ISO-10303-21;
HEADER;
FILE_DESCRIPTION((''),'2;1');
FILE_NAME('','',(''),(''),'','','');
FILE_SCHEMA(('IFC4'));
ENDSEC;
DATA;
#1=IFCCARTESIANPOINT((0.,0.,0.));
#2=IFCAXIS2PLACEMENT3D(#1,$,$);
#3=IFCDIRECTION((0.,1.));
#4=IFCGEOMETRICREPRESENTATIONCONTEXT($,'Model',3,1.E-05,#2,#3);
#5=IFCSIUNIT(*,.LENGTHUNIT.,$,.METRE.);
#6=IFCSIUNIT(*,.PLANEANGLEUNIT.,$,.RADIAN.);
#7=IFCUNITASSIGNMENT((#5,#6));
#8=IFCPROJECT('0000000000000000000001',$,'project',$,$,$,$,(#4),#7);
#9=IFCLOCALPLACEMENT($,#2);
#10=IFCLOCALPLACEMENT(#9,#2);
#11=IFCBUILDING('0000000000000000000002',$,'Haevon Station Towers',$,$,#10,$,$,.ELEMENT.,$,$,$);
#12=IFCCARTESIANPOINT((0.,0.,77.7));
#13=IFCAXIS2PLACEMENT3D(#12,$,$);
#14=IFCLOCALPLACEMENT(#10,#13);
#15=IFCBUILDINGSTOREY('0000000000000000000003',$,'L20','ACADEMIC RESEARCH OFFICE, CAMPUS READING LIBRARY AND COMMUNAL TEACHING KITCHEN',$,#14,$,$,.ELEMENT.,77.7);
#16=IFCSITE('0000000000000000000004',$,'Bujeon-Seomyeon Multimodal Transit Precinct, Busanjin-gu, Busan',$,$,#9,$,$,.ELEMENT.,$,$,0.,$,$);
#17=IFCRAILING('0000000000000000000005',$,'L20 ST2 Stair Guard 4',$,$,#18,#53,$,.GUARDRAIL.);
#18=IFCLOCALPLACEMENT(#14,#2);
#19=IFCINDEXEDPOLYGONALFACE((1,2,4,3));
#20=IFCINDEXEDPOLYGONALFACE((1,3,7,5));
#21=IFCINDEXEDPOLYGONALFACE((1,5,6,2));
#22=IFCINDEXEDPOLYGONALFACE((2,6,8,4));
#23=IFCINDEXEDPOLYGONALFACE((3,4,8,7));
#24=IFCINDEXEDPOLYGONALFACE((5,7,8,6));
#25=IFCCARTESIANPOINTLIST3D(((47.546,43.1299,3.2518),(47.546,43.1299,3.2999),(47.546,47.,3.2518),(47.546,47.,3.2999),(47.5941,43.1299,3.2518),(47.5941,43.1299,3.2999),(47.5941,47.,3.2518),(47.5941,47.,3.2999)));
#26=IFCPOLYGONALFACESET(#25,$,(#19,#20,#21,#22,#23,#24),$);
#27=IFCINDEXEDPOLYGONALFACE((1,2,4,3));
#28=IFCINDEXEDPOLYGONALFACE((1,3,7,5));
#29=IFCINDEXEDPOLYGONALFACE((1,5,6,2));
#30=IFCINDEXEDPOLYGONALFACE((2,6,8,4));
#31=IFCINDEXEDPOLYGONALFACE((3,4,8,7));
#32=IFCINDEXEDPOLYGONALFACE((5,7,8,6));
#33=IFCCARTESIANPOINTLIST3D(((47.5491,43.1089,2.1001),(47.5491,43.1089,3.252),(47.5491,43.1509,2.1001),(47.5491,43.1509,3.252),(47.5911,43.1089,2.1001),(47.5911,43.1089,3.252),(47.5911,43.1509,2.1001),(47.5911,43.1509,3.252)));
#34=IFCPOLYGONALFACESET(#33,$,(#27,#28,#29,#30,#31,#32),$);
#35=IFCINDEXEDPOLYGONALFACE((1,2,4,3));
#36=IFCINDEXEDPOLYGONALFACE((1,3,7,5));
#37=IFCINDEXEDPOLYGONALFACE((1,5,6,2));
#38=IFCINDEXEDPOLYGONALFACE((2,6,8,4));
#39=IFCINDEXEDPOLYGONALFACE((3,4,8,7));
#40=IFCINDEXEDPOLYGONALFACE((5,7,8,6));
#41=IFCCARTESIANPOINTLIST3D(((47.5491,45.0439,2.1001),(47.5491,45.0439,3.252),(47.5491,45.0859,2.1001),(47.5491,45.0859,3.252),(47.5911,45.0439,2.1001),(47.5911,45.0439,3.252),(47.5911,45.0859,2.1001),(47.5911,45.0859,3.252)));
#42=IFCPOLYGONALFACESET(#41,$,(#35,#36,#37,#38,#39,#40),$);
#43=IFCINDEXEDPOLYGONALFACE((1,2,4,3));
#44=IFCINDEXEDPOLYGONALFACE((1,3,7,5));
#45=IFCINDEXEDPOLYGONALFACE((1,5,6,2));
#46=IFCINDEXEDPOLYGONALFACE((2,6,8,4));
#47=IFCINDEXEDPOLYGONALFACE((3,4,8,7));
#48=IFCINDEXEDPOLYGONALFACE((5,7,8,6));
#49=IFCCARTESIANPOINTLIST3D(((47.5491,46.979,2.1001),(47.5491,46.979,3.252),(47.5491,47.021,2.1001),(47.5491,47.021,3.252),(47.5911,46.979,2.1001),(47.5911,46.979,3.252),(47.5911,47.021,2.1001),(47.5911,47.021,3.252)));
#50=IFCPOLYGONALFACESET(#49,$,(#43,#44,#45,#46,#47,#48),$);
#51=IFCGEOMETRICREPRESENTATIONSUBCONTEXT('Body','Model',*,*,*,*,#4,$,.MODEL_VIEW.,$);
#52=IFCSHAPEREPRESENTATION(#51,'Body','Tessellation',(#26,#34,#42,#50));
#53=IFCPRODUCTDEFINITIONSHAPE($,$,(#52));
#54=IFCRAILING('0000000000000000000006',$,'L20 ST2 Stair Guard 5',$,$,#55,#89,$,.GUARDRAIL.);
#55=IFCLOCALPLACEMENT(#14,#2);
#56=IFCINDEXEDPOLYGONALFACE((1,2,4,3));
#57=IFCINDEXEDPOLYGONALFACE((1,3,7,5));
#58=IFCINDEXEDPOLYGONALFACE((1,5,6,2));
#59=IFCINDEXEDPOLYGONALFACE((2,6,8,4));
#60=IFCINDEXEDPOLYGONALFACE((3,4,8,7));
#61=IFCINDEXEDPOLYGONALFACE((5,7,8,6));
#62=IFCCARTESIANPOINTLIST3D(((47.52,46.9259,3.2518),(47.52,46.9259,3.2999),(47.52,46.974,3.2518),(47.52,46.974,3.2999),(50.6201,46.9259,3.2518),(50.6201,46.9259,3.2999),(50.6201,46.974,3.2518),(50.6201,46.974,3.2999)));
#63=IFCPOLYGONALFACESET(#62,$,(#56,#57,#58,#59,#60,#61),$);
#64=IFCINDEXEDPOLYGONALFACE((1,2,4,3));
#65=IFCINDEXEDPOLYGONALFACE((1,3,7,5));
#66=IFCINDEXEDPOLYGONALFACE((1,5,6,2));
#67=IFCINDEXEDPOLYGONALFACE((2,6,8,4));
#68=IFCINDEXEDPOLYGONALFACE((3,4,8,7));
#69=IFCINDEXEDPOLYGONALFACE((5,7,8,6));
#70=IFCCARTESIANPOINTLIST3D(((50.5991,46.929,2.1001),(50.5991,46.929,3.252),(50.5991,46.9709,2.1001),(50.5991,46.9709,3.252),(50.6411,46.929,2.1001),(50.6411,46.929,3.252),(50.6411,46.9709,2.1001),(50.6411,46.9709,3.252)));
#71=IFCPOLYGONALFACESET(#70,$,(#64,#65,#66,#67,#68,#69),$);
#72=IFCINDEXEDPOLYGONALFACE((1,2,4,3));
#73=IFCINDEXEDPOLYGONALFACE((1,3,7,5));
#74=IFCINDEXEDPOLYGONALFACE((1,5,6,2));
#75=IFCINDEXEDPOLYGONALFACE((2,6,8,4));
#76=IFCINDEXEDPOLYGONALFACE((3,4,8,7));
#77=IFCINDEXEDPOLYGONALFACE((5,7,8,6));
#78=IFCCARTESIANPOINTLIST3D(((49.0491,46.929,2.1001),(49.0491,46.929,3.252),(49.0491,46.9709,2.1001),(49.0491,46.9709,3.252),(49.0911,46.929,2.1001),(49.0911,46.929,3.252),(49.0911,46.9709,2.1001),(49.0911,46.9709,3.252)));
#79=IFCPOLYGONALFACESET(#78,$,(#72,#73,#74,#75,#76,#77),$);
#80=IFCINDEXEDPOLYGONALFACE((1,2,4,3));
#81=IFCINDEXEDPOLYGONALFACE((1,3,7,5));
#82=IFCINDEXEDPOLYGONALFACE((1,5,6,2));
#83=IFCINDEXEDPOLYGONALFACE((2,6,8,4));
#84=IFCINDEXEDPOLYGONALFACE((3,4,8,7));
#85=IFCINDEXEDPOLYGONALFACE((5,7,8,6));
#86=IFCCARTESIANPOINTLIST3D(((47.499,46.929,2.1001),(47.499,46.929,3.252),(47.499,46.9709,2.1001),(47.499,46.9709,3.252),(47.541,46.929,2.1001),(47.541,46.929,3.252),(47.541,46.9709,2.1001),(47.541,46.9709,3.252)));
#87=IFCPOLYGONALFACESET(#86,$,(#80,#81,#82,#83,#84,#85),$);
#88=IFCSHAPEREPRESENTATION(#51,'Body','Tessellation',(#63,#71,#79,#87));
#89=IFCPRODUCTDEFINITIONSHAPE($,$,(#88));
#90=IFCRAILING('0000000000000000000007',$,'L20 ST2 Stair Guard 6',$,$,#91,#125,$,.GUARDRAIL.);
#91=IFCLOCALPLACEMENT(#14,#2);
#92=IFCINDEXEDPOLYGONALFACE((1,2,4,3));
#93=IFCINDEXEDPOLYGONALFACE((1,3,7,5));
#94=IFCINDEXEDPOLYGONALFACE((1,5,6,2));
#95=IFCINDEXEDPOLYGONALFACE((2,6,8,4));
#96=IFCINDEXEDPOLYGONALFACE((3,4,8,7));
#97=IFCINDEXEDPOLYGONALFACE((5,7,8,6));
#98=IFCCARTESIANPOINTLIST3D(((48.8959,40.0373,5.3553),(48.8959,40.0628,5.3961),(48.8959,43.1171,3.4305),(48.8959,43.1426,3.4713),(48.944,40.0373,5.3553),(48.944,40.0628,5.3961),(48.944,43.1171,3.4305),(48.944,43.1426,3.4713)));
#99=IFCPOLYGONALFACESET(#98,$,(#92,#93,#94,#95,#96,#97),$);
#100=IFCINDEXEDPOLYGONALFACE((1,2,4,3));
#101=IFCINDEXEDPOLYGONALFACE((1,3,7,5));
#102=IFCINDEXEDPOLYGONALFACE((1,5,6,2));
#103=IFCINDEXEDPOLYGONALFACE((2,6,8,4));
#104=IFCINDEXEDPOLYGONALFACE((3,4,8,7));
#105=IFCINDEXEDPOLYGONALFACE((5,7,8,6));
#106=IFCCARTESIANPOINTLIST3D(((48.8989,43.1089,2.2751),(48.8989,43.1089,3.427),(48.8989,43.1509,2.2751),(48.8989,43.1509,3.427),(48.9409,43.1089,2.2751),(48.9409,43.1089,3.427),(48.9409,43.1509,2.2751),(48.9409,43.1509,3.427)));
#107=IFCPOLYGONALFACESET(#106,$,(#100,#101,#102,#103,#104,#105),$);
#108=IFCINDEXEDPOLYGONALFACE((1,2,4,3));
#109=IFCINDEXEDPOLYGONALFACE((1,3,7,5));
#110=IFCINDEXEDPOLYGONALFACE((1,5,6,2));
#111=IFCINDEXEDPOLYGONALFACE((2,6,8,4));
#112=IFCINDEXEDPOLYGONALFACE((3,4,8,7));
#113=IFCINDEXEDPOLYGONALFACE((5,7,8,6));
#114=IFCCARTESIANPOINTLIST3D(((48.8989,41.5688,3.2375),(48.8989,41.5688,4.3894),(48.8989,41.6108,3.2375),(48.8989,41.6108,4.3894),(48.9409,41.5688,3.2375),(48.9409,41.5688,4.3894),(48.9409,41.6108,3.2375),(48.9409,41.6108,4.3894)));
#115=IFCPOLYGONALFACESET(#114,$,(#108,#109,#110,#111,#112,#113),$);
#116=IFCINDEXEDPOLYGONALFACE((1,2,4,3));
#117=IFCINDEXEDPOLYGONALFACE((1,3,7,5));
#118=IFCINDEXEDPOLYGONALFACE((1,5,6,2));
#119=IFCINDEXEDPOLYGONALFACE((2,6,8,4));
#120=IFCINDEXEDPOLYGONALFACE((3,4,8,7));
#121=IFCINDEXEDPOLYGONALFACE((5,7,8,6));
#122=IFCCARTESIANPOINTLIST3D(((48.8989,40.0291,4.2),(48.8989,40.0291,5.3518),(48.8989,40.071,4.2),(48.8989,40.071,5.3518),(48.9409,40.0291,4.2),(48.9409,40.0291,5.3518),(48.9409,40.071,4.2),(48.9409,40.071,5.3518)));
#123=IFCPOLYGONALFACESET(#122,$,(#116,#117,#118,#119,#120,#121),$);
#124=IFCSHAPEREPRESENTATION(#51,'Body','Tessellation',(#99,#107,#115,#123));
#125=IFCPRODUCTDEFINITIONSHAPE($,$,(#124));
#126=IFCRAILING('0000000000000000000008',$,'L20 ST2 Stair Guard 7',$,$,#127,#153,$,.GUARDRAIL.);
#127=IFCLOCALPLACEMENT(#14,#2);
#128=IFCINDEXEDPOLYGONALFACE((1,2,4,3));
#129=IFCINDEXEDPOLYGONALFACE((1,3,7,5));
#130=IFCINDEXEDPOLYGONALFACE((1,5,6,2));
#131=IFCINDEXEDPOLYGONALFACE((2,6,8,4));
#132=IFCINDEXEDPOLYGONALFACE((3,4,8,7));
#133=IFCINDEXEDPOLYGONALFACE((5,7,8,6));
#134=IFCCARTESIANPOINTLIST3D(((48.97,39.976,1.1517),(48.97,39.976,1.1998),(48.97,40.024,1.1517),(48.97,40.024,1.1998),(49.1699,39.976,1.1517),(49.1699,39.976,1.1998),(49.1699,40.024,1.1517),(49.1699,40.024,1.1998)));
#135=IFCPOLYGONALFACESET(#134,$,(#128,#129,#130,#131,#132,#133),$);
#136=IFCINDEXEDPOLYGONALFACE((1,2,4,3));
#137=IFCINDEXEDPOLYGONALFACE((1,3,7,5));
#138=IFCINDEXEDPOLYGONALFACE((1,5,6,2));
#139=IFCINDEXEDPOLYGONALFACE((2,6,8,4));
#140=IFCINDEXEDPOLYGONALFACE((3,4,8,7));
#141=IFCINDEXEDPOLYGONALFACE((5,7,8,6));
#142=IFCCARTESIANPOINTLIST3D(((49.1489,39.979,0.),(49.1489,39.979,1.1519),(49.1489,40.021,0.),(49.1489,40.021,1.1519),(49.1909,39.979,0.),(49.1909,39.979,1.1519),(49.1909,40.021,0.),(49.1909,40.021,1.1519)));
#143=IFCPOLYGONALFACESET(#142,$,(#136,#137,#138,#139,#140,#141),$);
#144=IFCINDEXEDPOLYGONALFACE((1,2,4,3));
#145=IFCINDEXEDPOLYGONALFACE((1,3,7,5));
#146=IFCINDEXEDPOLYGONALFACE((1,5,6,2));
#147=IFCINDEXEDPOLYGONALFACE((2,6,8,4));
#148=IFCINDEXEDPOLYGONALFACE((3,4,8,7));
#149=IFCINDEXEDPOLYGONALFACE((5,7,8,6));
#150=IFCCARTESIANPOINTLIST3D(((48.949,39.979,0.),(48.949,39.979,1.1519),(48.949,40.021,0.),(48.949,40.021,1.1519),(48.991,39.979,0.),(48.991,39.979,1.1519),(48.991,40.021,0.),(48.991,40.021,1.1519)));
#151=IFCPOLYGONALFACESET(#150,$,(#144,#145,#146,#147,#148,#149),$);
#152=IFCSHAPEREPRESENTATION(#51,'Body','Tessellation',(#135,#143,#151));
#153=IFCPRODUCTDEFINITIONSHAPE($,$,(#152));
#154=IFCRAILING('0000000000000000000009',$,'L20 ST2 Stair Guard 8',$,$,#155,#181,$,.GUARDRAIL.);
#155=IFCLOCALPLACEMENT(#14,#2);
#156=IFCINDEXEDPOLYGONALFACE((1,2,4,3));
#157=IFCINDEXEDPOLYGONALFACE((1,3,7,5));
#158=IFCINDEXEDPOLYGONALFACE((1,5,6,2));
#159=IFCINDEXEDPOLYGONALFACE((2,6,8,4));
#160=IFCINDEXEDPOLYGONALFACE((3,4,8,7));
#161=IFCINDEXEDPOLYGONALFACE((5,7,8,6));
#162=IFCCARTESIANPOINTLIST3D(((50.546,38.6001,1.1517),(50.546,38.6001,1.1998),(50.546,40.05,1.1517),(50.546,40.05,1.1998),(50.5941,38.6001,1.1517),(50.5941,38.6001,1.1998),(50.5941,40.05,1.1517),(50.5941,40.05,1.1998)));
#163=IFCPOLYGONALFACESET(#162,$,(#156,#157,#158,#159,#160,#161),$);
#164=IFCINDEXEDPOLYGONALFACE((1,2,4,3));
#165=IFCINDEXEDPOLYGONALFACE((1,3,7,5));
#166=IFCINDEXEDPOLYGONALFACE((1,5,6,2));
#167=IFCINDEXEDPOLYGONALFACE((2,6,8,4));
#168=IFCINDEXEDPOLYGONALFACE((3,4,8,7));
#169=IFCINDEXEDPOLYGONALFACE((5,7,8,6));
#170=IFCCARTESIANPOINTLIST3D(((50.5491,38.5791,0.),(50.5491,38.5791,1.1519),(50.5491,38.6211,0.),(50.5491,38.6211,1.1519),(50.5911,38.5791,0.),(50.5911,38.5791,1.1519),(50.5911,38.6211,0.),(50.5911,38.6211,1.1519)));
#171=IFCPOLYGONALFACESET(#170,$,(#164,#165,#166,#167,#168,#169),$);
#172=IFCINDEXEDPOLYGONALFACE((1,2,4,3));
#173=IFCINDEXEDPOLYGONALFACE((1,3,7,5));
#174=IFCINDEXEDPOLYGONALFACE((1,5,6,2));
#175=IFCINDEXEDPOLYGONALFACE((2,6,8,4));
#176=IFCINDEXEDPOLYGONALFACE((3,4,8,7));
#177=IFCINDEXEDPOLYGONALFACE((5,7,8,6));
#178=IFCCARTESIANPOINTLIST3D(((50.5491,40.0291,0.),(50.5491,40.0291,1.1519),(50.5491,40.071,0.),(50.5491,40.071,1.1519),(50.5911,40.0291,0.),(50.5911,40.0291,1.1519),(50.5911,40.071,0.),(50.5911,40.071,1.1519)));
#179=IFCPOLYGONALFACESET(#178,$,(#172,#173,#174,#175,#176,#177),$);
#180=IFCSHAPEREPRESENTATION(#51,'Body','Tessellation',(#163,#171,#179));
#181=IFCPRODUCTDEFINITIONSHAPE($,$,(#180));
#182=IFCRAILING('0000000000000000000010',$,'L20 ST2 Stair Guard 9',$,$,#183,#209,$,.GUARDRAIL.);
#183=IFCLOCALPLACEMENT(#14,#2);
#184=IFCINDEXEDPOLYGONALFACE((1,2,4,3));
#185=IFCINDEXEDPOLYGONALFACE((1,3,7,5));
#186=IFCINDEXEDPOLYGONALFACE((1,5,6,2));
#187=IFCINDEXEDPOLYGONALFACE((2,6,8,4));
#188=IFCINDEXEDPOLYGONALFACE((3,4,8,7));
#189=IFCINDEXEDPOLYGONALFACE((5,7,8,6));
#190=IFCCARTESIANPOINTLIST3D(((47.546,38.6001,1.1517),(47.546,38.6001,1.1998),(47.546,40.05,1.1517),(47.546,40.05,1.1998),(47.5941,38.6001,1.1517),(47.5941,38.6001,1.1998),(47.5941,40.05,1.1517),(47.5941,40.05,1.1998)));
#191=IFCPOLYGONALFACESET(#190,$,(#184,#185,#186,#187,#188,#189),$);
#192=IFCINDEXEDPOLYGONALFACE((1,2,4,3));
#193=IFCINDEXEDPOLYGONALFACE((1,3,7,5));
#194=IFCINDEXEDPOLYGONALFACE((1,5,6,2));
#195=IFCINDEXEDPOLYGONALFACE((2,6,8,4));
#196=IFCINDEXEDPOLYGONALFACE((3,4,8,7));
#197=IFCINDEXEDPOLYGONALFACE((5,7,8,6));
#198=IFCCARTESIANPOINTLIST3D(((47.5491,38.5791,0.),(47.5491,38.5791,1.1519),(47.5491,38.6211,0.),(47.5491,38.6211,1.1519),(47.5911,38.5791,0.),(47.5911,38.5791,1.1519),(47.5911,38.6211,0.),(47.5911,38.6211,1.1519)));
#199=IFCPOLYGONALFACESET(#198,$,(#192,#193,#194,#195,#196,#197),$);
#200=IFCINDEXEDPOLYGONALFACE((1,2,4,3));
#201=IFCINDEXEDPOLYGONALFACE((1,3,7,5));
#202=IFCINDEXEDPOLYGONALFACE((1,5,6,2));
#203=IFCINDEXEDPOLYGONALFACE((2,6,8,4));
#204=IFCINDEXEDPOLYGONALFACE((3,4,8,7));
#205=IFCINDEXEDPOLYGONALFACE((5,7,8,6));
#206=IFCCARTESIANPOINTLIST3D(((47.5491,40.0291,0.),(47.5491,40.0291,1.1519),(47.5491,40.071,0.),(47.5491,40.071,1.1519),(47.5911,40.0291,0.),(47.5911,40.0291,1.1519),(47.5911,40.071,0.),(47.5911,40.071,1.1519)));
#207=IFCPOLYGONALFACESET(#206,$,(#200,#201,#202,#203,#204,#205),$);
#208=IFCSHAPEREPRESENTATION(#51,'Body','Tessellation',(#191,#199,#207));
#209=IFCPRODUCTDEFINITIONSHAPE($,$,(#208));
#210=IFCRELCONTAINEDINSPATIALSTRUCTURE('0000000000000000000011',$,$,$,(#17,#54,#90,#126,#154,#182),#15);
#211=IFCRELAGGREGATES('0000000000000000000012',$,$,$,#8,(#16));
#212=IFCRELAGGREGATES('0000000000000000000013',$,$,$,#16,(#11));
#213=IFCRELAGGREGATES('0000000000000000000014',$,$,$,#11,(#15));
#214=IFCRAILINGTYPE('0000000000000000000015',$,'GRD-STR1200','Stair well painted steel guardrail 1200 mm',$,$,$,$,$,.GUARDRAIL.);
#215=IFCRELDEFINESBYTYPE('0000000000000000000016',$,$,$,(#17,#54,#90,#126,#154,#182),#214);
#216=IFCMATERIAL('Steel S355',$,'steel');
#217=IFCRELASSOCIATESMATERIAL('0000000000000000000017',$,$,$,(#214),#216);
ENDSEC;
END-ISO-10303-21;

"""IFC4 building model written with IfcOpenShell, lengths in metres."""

from ifc_helpers import new_model, si_unit, direction, frame, origin, origin_2d, place, context, subcontext, project, spatial, rectangle, extrude, material, type_object, element, save


model = new_model("IFC4")

# Units and contexts
model_context = context("Model", 3, precision=1e-05, world=origin(), true_north=direction((0.0, 1.0)))
body_context = subcontext(model_context, "Body", "Model", "MODEL_VIEW")
ifc_project = project(units=[si_unit("LENGTHUNIT", "METRE"), si_unit("PLANEANGLEUNIT", "RADIAN")], contexts=[model_context])

# Site, building, storey
site_placement = place(None, origin())
site = spatial("IfcSite", under=ifc_project, at=site_placement, Name="Bujeon-Seomyeon Multimodal Transit Precinct, Busanjin-gu, Busan", CompositionType="ELEMENT", RefElevation=0.0)
building_placement = place(site_placement, origin())
building = spatial("IfcBuilding", under=site, at=building_placement, Name="Haevon Station Towers", CompositionType="ELEMENT")
storey_placement = place(building_placement, frame((0.0, 0.0, 77.7)))
storey = spatial("IfcBuildingStorey", under=building, at=storey_placement, Name="L20", Description="ACADEMIC RESEARCH OFFICE, CAMPUS READING LIBRARY AND COMMUNAL TEACHING KITCHEN", CompositionType="ELEMENT", Elevation=77.7)

# Shared definitions
ifc_material_1 = material(Name="Steel S355", Category="steel")

# Railings
railing_type_1 = type_object("IfcRailingType", Name="GRD-STR1200", Description="Stair well painted steel guardrail 1200 mm", PredefinedType="GUARDRAIL", material=ifc_material_1)
for number, where, name in (
    (1, (47.5701, 43.1299, 2.1001), "L20 ST2 Stair Guard 4"),
):
    element("IfcRailing", number, at=place(storey_placement, frame(where)), inside=storey, type_object=railing_type_1, Name=name, PredefinedType="GUARDRAIL", context=body_context, shape_type="SweptSolid", body=[
        extrude(rectangle(XDim=0.0481, YDim=0.0481, at=origin_2d()), frame((0.0, 0.0, 1.1758), z_axis=(0.0, 1.0, 0.0), x_axis=(-1.0, 0.0, 0.0)), (0.0, 0.0, 1.0), 3.8701),
        extrude(rectangle(XDim=0.042, YDim=0.042, at=origin_2d()), origin(), (0.0, 0.0, 1.0), 1.1519),
        extrude(rectangle(XDim=0.042, YDim=0.042, at=origin_2d()), frame((0.0, 1.9351, 0.0)), (0.0, 0.0, 1.0), 1.1519),
        extrude(rectangle(XDim=0.042, YDim=0.042, at=origin_2d()), frame((0.0, 3.8701, 0.0)), (0.0, 0.0, 1.0), 1.1519),
    ])
railing_1_placement = place(storey_placement, frame((50.6201, 46.95, 2.1001)))
element("IfcRailing", 2, at=railing_1_placement, inside=storey, type_object=railing_type_1, Name="L20 ST2 Stair Guard 5", PredefinedType="GUARDRAIL", context=body_context, shape_type="SweptSolid", body=[
    extrude(rectangle(XDim=0.0481, YDim=0.0481, at=origin_2d()), frame((0.0, 0.0, 1.1758), z_axis=(-1.0, 0.0, 0.0), x_axis=(0.0, -1.0, 0.0)), (0.0, 0.0, 1.0), 3.1001),
    extrude(rectangle(XDim=0.042, YDim=0.042, at=origin_2d()), origin(), (0.0, 0.0, 1.0), 1.1519),
    extrude(rectangle(XDim=0.042, YDim=0.042, at=origin_2d()), frame((-1.55, 0.0, 0.0)), (0.0, 0.0, 1.0), 1.1519),
    extrude(rectangle(XDim=0.042, YDim=0.042, at=origin_2d()), frame((-3.1001, 0.0, 0.0)), (0.0, 0.0, 1.0), 1.1519),
])
railing_2_placement = place(storey_placement, frame((48.9199, 43.1299, 2.2751)))
element("IfcRailing", 3, at=railing_2_placement, inside=storey, type_object=railing_type_1, Name="L20 ST2 Stair Guard 6", PredefinedType="GUARDRAIL", context=body_context, shape_type="SweptSolid", body=[
    extrude(rectangle(XDim=0.0481, YDim=0.0481, at=origin_2d()), frame((0.0, 0.0, 1.1758), z_axis=(0.0, -0.84801, 0.529981), x_axis=(1.0, 0.0, 0.0)), (0.0, 0.0, 1.0), 3.6318),
    extrude(rectangle(XDim=0.042, YDim=0.042, at=origin_2d()), origin(), (0.0, 0.0, 1.0), 1.1519),
    extrude(rectangle(XDim=0.042, YDim=0.042, at=origin_2d()), frame((0.0, -1.54, 0.9624)), (0.0, 0.0, 1.0), 1.1519),
    extrude(rectangle(XDim=0.042, YDim=0.042, at=origin_2d()), frame((0.0, -3.0798, 1.9248)), (0.0, 0.0, 1.0), 1.1519),
])
railing_3_placement = place(storey_placement, frame((49.1699, 40.0, 0.0)))
element("IfcRailing", 4, at=railing_3_placement, inside=storey, type_object=railing_type_1, Name="L20 ST2 Stair Guard 7", PredefinedType="GUARDRAIL", context=body_context, shape_type="SweptSolid", body=[
    extrude(rectangle(XDim=0.0481, YDim=0.0481, at=origin_2d()), frame((0.0, 0.0, 1.1758), z_axis=(-1.0, 0.0, 0.0), x_axis=(0.0, -1.0, 0.0)), (0.0, 0.0, 1.0), 0.2),
    extrude(rectangle(XDim=0.042, YDim=0.042, at=origin_2d()), origin(), (0.0, 0.0, 1.0), 1.1519),
    extrude(rectangle(XDim=0.042, YDim=0.042, at=origin_2d()), frame((-0.2, 0.0, 0.0)), (0.0, 0.0, 1.0), 1.1519),
])
for number, where, name in (
    (5, (50.5701, 38.6001, 0.0), "L20 ST2 Stair Guard 8"),
    (6, (47.5701, 38.6001, 0.0), "L20 ST2 Stair Guard 9"),
):
    element("IfcRailing", number, at=place(storey_placement, frame(where)), inside=storey, type_object=railing_type_1, Name=name, PredefinedType="GUARDRAIL", context=body_context, shape_type="SweptSolid", body=[
        extrude(rectangle(XDim=0.0481, YDim=0.0481, at=origin_2d()), frame((0.0, 0.0, 1.1758), z_axis=(0.0, 1.0, 0.0), x_axis=(-1.0, 0.0, 0.0)), (0.0, 0.0, 1.0), 1.45),
        extrude(rectangle(XDim=0.042, YDim=0.042, at=origin_2d()), origin(), (0.0, 0.0, 1.0), 1.1519),
        extrude(rectangle(XDim=0.042, YDim=0.042, at=origin_2d()), frame((0.0, 1.45, 0.0)), (0.0, 0.0, 1.0), 1.1519),
    ])

save(model, "model.ifc")
